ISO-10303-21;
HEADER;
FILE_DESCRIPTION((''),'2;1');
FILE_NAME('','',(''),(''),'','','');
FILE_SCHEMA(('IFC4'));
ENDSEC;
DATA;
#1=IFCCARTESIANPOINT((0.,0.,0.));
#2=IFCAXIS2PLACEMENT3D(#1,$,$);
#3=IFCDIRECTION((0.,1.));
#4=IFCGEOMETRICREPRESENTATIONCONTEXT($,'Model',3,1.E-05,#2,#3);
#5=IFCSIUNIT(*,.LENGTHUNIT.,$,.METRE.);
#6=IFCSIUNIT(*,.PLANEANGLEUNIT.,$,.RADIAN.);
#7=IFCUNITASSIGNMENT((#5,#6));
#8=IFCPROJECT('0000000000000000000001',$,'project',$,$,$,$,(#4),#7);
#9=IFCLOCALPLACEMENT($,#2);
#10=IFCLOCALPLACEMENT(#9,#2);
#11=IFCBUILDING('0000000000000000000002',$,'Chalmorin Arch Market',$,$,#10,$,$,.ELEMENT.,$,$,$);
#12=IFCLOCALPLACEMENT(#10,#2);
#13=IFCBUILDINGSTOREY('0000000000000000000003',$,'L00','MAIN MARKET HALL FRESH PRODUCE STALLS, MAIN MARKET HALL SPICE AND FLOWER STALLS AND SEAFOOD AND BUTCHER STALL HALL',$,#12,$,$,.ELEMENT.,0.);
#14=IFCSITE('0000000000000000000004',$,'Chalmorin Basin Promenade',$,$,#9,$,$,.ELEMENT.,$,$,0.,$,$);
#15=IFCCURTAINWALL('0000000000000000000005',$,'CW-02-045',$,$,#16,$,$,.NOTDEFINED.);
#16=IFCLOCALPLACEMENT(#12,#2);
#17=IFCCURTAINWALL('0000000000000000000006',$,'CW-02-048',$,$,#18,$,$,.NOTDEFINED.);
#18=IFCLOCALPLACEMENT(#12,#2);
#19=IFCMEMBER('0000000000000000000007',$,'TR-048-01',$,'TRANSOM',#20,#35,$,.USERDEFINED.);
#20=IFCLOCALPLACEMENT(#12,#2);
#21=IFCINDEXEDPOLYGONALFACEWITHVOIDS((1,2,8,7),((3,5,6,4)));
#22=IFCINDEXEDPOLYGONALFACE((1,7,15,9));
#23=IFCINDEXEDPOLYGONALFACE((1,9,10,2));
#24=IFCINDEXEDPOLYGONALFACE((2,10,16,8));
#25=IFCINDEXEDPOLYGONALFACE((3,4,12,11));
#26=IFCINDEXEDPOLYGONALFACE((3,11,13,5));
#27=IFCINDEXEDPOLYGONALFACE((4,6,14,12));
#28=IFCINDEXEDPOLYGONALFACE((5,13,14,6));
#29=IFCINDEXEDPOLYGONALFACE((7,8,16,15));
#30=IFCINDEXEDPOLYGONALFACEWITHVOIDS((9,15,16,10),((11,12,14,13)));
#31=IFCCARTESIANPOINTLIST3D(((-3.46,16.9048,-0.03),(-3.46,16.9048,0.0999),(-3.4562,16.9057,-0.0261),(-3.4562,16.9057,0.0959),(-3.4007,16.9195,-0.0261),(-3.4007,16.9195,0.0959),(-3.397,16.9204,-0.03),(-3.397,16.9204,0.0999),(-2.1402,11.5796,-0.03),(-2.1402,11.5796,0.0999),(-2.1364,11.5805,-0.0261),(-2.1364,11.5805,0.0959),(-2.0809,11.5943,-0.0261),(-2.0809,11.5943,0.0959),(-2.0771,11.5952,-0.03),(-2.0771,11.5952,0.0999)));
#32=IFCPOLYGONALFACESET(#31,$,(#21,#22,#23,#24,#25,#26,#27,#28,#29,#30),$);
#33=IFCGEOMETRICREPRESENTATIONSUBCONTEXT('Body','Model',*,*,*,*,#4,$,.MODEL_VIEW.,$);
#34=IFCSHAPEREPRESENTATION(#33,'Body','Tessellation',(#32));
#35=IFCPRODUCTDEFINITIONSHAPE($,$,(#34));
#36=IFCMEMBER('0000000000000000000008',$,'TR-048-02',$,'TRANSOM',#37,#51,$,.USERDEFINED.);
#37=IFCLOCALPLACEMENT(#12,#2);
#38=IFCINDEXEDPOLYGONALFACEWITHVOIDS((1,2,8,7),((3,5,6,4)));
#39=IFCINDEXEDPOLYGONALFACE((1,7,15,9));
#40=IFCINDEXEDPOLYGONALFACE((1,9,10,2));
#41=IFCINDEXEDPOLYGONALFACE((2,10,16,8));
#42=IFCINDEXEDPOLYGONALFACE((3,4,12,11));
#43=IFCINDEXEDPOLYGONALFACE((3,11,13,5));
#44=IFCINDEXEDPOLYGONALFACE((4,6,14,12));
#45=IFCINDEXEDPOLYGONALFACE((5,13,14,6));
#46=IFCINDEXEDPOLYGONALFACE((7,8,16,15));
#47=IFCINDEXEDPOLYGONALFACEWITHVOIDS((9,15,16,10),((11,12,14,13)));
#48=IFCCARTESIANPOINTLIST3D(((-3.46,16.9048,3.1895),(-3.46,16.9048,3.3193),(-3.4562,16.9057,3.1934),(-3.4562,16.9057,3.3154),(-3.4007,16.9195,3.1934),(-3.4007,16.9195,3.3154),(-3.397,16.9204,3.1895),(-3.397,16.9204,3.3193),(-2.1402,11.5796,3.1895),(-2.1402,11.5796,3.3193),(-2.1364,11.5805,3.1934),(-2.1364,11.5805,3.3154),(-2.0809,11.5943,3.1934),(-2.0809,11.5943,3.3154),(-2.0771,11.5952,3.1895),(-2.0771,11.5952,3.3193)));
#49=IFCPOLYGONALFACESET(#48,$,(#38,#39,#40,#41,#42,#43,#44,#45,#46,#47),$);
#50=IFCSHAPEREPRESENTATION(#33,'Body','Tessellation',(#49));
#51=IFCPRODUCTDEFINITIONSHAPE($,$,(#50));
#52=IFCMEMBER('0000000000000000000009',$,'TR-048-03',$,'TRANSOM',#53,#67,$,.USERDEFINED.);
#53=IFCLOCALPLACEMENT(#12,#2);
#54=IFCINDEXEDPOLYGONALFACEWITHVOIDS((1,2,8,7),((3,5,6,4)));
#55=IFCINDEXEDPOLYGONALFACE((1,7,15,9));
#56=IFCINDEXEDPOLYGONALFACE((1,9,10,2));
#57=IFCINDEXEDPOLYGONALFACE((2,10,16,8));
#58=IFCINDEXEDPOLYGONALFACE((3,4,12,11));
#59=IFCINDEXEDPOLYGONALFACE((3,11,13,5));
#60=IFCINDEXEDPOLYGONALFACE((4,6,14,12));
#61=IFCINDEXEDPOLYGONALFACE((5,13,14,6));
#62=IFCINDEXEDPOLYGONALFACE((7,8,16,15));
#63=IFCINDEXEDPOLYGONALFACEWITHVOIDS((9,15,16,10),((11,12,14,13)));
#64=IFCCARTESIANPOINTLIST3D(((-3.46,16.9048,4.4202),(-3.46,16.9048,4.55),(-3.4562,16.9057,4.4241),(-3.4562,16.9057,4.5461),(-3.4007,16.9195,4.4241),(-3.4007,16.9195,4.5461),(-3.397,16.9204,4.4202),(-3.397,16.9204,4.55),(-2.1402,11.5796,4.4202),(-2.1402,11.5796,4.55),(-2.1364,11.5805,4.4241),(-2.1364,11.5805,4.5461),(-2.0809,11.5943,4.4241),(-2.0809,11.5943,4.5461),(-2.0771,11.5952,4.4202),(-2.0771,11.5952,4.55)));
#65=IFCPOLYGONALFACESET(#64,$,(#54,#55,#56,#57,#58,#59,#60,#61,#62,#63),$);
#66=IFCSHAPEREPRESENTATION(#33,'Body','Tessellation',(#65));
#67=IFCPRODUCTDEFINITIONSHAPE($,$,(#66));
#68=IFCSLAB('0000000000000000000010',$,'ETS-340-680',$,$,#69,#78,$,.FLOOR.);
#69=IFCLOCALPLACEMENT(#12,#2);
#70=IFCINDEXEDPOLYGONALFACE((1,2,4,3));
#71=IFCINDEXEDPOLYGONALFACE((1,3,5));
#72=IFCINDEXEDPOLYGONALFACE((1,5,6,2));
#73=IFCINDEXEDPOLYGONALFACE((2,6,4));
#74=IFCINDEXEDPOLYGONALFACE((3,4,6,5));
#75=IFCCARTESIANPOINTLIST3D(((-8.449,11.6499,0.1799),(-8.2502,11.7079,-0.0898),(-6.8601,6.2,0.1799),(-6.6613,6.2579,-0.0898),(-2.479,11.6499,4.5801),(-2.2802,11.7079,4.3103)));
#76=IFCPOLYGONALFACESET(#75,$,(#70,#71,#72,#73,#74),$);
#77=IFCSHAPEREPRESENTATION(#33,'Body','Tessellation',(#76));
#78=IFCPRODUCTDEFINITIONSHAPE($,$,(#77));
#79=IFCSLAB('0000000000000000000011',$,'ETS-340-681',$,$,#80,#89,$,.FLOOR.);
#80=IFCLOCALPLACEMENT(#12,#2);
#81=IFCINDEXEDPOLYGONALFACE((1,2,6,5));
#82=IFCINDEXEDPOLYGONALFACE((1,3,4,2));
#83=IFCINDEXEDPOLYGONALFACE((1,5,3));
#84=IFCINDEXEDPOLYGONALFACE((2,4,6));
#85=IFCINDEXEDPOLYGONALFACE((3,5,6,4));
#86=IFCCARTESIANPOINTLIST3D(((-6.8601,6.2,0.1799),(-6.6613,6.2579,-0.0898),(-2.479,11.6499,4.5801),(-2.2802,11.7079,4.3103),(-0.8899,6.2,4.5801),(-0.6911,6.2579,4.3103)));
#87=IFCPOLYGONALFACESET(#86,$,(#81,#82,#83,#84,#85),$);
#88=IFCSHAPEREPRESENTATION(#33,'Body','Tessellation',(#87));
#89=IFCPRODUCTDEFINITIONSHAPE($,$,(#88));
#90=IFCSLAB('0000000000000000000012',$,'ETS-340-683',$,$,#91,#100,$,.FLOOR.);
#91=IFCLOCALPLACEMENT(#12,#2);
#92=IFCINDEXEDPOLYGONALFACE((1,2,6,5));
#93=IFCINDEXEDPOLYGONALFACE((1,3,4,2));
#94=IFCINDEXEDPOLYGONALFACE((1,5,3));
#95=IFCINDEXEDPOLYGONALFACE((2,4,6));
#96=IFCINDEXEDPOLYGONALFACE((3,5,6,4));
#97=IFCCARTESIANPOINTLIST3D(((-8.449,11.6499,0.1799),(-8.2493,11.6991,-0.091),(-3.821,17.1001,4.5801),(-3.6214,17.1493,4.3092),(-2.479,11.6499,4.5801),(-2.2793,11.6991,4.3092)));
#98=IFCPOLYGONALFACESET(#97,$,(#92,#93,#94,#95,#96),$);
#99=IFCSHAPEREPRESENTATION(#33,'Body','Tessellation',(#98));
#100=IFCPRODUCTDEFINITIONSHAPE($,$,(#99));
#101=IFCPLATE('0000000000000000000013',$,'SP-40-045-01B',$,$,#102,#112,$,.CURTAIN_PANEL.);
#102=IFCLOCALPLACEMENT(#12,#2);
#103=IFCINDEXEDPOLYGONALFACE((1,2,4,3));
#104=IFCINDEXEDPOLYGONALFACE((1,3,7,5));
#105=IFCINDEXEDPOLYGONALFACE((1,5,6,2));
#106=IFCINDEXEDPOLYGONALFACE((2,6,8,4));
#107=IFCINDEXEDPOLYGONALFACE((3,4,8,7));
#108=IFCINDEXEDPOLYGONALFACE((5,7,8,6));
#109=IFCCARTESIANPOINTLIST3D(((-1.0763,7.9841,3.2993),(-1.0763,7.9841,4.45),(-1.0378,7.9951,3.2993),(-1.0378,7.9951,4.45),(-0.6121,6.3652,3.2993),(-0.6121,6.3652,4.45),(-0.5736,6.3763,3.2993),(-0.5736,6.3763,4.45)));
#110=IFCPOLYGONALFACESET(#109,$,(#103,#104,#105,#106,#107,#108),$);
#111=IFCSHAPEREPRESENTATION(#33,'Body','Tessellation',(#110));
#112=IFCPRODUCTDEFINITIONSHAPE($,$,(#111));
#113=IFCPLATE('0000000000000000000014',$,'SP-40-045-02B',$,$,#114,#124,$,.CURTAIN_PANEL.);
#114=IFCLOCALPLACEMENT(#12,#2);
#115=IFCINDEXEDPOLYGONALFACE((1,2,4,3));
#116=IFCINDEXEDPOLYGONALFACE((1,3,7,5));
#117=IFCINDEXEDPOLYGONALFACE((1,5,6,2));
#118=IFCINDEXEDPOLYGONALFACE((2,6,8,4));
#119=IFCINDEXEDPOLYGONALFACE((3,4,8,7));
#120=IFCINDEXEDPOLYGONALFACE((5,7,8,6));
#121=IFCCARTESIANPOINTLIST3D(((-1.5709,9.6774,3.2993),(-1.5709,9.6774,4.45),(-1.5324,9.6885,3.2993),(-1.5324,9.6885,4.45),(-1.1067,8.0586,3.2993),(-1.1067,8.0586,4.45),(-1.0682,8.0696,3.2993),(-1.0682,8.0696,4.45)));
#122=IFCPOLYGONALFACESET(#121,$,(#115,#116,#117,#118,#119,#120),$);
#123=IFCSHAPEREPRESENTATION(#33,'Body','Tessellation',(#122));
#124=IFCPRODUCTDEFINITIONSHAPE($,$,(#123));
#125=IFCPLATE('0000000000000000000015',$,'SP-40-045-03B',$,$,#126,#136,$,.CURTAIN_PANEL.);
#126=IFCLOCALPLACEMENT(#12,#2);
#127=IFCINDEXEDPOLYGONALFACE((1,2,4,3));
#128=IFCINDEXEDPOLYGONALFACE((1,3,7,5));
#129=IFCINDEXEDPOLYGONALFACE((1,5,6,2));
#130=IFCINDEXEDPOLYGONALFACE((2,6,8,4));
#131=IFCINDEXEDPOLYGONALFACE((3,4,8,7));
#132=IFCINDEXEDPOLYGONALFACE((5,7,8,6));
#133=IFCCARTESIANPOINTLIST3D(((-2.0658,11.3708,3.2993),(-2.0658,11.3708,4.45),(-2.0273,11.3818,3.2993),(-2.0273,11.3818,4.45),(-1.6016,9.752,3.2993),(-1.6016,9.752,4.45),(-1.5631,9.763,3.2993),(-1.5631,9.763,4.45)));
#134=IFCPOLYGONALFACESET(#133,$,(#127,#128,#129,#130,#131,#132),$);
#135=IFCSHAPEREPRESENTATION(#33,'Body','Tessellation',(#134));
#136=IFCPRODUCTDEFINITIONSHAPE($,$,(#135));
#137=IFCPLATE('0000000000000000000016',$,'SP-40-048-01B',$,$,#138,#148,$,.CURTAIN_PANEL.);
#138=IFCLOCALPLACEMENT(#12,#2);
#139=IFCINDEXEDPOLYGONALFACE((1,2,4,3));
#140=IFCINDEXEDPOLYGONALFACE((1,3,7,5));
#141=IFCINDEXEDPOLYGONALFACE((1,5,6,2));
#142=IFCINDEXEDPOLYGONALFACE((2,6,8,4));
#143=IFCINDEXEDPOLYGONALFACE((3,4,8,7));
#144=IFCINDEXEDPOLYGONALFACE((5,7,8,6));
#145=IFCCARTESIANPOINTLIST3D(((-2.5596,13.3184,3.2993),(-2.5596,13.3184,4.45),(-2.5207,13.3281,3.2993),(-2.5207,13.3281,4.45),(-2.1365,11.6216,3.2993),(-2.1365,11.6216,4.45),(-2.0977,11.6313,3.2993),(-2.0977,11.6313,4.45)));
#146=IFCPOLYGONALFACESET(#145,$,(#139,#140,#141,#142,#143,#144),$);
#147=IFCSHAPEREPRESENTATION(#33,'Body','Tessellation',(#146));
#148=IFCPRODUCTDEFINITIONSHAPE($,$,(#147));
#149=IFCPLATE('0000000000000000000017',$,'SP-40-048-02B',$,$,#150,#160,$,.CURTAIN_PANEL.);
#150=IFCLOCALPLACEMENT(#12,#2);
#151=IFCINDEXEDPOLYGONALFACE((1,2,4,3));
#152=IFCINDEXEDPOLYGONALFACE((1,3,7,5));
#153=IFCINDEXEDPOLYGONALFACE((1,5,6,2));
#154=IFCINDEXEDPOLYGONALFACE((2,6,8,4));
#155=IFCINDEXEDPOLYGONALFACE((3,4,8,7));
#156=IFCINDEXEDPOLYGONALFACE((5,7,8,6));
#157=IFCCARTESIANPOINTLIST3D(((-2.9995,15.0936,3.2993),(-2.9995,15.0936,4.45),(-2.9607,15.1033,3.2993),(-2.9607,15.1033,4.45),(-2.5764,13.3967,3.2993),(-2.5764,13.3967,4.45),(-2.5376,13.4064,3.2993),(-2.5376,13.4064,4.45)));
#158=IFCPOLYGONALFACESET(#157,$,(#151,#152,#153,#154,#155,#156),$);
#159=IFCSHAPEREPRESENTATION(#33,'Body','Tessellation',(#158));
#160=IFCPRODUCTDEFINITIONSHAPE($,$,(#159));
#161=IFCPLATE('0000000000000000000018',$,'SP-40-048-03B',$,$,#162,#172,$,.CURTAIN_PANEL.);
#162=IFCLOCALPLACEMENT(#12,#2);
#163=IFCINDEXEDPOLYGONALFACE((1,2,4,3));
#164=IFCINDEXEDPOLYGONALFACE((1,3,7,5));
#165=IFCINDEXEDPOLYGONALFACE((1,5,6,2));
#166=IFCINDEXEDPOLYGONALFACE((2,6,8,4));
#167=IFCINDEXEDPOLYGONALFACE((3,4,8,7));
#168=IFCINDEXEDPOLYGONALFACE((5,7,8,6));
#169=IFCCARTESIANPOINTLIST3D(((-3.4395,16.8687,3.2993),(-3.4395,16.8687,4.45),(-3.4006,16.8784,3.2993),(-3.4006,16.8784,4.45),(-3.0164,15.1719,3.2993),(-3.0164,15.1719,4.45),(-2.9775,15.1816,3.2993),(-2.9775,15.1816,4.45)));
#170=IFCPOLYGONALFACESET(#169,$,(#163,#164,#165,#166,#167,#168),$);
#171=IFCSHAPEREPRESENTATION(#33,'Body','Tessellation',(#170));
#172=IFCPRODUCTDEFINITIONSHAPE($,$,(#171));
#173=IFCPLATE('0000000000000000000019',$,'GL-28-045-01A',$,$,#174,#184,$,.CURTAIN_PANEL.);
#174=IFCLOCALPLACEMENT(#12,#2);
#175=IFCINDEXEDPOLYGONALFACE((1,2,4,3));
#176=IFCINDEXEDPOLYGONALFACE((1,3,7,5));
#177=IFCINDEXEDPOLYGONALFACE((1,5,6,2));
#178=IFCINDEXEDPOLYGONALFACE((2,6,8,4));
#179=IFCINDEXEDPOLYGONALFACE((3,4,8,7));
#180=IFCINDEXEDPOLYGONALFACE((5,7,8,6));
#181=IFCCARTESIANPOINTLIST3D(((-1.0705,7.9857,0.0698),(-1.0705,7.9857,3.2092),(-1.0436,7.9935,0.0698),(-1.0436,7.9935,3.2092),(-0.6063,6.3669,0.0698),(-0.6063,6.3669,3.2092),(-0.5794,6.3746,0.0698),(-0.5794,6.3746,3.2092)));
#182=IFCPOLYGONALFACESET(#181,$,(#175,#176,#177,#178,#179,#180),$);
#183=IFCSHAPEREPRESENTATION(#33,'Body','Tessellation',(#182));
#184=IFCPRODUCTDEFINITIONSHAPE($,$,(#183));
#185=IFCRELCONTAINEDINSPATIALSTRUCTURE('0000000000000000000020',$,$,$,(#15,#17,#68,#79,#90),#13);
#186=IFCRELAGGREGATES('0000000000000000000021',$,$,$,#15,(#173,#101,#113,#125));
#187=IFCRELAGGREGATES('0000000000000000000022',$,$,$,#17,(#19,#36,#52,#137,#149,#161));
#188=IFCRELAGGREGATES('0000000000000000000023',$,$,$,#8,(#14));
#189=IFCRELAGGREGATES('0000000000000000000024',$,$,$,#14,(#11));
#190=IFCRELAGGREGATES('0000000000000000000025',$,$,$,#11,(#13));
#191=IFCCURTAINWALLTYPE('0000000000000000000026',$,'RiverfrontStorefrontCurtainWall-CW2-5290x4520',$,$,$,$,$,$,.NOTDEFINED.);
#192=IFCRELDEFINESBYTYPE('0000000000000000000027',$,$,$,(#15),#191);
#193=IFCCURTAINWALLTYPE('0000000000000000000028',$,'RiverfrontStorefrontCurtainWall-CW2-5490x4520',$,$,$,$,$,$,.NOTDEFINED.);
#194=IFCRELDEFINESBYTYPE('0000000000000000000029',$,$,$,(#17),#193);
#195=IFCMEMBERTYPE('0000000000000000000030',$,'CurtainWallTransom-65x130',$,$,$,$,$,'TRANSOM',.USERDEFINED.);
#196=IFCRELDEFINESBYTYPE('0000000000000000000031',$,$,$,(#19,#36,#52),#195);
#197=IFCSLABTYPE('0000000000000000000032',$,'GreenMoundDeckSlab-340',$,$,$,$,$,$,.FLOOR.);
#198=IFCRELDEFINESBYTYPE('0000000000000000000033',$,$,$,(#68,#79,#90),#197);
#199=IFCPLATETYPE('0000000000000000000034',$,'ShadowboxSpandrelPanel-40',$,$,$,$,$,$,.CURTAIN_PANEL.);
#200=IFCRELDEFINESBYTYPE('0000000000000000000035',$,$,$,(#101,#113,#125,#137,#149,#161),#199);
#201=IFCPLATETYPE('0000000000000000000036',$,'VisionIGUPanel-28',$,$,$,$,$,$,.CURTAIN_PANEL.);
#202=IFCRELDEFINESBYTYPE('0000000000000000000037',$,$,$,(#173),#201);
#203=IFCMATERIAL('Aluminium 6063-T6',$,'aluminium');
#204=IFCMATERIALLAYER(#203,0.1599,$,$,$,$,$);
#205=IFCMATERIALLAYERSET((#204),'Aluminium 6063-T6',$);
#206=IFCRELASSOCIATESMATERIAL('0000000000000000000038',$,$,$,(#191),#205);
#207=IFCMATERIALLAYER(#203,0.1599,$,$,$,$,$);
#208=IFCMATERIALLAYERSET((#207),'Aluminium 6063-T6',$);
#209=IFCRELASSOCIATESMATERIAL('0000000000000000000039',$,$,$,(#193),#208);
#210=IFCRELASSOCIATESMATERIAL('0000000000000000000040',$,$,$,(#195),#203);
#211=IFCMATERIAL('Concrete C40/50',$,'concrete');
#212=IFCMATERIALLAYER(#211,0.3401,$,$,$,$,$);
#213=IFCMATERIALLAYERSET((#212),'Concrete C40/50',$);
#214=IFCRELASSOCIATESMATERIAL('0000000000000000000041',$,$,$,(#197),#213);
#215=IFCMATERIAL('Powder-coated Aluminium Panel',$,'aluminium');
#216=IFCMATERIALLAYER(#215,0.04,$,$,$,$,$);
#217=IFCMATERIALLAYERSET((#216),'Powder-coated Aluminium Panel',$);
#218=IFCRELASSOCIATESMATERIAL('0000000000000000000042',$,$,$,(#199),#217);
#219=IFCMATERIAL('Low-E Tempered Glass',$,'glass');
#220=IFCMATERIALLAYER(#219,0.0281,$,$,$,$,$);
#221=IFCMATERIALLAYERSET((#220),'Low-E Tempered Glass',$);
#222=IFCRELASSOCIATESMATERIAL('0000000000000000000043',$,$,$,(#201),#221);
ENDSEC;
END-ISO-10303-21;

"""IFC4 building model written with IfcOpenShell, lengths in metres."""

from ifc_helpers import new_model, si_unit, direction, frame, origin, origin_2d, place, context, subcontext, project, spatial, polyline, rectangle, hollow_rectangle, outline, extrude, material, layer, layer_set, material_profile, profile_set, type_object, element, aggregate, save


model = new_model("IFC4")

# Units and contexts
model_context = context("Model", 3, precision=1e-05, world=origin(), true_north=direction((0.0, 1.0)))
body_context = subcontext(model_context, "Body", "Model", "MODEL_VIEW")
ifc_project = project(units=[si_unit("LENGTHUNIT", "METRE"), si_unit("PLANEANGLEUNIT", "RADIAN")], contexts=[model_context])

# Site, building, storey
site_placement = place(None, origin())
site = spatial("IfcSite", under=ifc_project, at=site_placement, Name="Chalmorin Basin Promenade", CompositionType="ELEMENT", RefElevation=0.0)
building_placement = place(site_placement, origin())
building = spatial("IfcBuilding", under=site, at=building_placement, Name="Chalmorin Arch Market", CompositionType="ELEMENT")
storey_placement = place(building_placement, origin())
storey = spatial("IfcBuildingStorey", under=building, at=storey_placement, Name="L00", Description="MAIN MARKET HALL FRESH PRODUCE STALLS, MAIN MARKET HALL SPICE AND FLOWER STALLS AND SEAFOOD AND BUTCHER STALL HALL", CompositionType="ELEMENT", Elevation=0.0)

# Curtain walls
ifc_material_1 = material(Name="Aluminium 6063-T6", Category="aluminium")
ifc_layer_1 = layer(ifc_material_1, 0.1599)
ifc_layer_set_1 = layer_set([ifc_layer_1], Name="Aluminium 6063-T6")
curtain_wall_type_1 = type_object("IfcCurtainWallType", Name="RiverfrontStorefrontCurtainWall-CW2-5290x4520", PredefinedType="NOTDEFINED", material=ifc_layer_set_1)
curtain_wall_1_placement = place(storey_placement, origin())
curtain_wall_1 = element("IfcCurtainWall", 1, at=curtain_wall_1_placement, inside=storey, type_object=curtain_wall_type_1, Name="CW-02-045", PredefinedType="NOTDEFINED")
ifc_layer_2 = layer(ifc_material_1, 0.1599)
ifc_layer_set_2 = layer_set([ifc_layer_2], Name="Aluminium 6063-T6")
curtain_wall_type_2 = type_object("IfcCurtainWallType", Name="RiverfrontStorefrontCurtainWall-CW2-5490x4520", PredefinedType="NOTDEFINED", material=ifc_layer_set_2)
curtain_wall_2_placement = place(storey_placement, origin())
curtain_wall_2 = element("IfcCurtainWall", 2, at=curtain_wall_2_placement, inside=storey, type_object=curtain_wall_type_2, Name="CW-02-048", PredefinedType="NOTDEFINED")

# Members
ifc_material_profile_1 = material_profile(ifc_material_1, hollow_rectangle(XDim=0.0649, YDim=0.1299, WallThickness=0.0039, at=origin_2d()), Name="ALU65X130X4")
ifc_profile_set_1 = profile_set([ifc_material_profile_1], Name="Aluminium 6063-T6")
member_type_1 = type_object("IfcMemberType", Name="CurtainWallTransom-65x130", ElementType="TRANSOM", PredefinedType="USERDEFINED", material=ifc_profile_set_1)
member_1_placement = place(storey_placement, frame((-2.1086, 11.5874, 0.0349), z_axis=(-0.240567, 0.970633, 0.0), x_axis=(-0.970633, -0.240567, 0.0)))
member_1 = element("IfcMember", 3, at=member_1_placement, type_object=member_type_1, Name="TR-048-01", ObjectType="TRANSOM", PredefinedType="USERDEFINED", context=body_context, shape_type="SweptSolid", body=[
    extrude(hollow_rectangle(XDim=0.0649, YDim=0.1299, WallThickness=0.0039, at=origin_2d()), origin(), (0.0, 0.0, 1.0), 5.4863),
])
member_2_placement = place(storey_placement, frame((-2.1086, 11.5874, 3.2544), z_axis=(-0.240567, 0.970633, 0.0), x_axis=(-0.970633, -0.240567, 0.0)))
member_2 = element("IfcMember", 4, at=member_2_placement, type_object=member_type_1, Name="TR-048-02", ObjectType="TRANSOM", PredefinedType="USERDEFINED", context=body_context, shape_type="SweptSolid", body=[
    extrude(hollow_rectangle(XDim=0.0649, YDim=0.1299, WallThickness=0.0039, at=origin_2d()), origin(), (0.0, 0.0, 1.0), 5.4863),
])
member_3_placement = place(storey_placement, frame((-2.1086, 11.5874, 4.4851), z_axis=(-0.240567, 0.970633, 0.0), x_axis=(-0.970633, -0.240567, 0.0)))
member_3 = element("IfcMember", 5, at=member_3_placement, type_object=member_type_1, Name="TR-048-03", ObjectType="TRANSOM", PredefinedType="USERDEFINED", context=body_context, shape_type="SweptSolid", body=[
    extrude(hollow_rectangle(XDim=0.0649, YDim=0.1299, WallThickness=0.0039, at=origin_2d()), origin(), (0.0, 0.0, 1.0), 5.4863),
])

# Slabs
ifc_material_2 = material(Name="Concrete C40/50", Category="concrete")
ifc_layer_3 = layer(ifc_material_2, 0.3401)
ifc_layer_set_3 = layer_set([ifc_layer_3], Name="Concrete C40/50")
slab_type = type_object("IfcSlabType", Name="GreenMoundDeckSlab-340", PredefinedType="FLOOR", material=ifc_layer_set_3)
slab_1_placement = place(storey_placement, frame((-2.479, 11.6499, 4.5801), z_axis=(-0.584624, -0.17044, 0.793199), x_axis=(-0.804977, 0.0, -0.593306)))
element("IfcSlab", 6, at=slab_1_placement, inside=storey, type_object=slab_type, Name="ETS-340-680", PredefinedType="FLOOR", context=body_context, shape_type="SweptSolid", body=[
    extrude(outline(polyline([(0.0, 0.0), (7.4163, 0.0), (6.1373, 5.5309), (0.0, 0.0)])), origin(), (0.0, 0.0, -1.0), 0.3401),
])
slab_2_placement = place(storey_placement, frame((-0.8899, 6.2, 4.5801), z_axis=(-0.584607, -0.170461, 0.793207), x_axis=(-0.279926, 0.960022, 0.0)))
element("IfcSlab", 7, at=slab_2_placement, inside=storey, type_object=slab_type, Name="ETS-340-681", PredefinedType="FLOOR", context=body_context, shape_type="SweptSolid", body=[
    extrude(outline(polyline([(0.0, 0.0), (5.6769, 0.0), (1.6712, 7.2258), (0.0, 0.0)])), origin(), (0.0, 0.0, -1.0), 0.3401),
])
slab_3_placement = place(storey_placement, frame((-2.479, 11.6499, 4.5801), z_axis=(-0.587074, -0.144559, 0.796522), x_axis=(-0.239095, 0.970996, 0.0)))
element("IfcSlab", 8, at=slab_3_placement, inside=storey, type_object=slab_type, Name="ETS-340-683", PredefinedType="FLOOR", context=body_context, shape_type="SweptSolid", body=[
    extrude(outline(polyline([(0.0, 0.0), (5.613, 0.0), (1.4274, 7.2777), (0.0, 0.0)])), origin(), (0.0, 0.0, -1.0), 0.3401),
])

# Plates
ifc_material_3 = material(Name="Powder-coated Aluminium Panel", Category="aluminium")
ifc_layer_4 = layer(ifc_material_3, 0.04)
ifc_layer_set_4 = layer_set([ifc_layer_4], Name="Powder-coated Aluminium Panel")
plate_type_1 = type_object("IfcPlateType", Name="ShadowboxSpandrelPanel-40", PredefinedType="CURTAIN_PANEL", material=ifc_layer_set_4)
plate_1_placement = place(storey_placement, frame((-0.825, 7.1802, 3.2993), z_axis=(0.0, 0.0, 1.0), x_axis=(-0.275637, 0.961262, 0.0)))
plate_1 = element("IfcPlate", 9, at=plate_1_placement, type_object=plate_type_1, Name="SP-40-045-01B", PredefinedType="CURTAIN_PANEL", context=body_context, shape_type="SweptSolid", body=[
    extrude(rectangle(XDim=1.6841, YDim=0.04, at=origin_2d()), origin(), (0.0, 0.0, 1.0), 1.1506),
])
plate_2_placement = place(storey_placement, frame((-1.3196, 8.8735, 3.2993), z_axis=(0.0, 0.0, 1.0), x_axis=(-0.275637, 0.961262, 0.0)))
plate_2 = element("IfcPlate", 10, at=plate_2_placement, type_object=plate_type_1, Name="SP-40-045-02B", PredefinedType="CURTAIN_PANEL", context=body_context, shape_type="SweptSolid", body=[
    extrude(rectangle(XDim=1.6841, YDim=0.04, at=origin_2d()), origin(), (0.0, 0.0, 1.0), 1.1506),
])
plate_3_placement = place(storey_placement, frame((-1.8145, 10.5669, 3.2993), z_axis=(0.0, 0.0, 1.0), x_axis=(-0.275637, 0.961262, 0.0)))
plate_3 = element("IfcPlate", 11, at=plate_3_placement, type_object=plate_type_1, Name="SP-40-045-03B", PredefinedType="CURTAIN_PANEL", context=body_context, shape_type="SweptSolid", body=[
    extrude(rectangle(XDim=1.6841, YDim=0.04, at=origin_2d()), origin(), (0.0, 0.0, 1.0), 1.1506),
])
plate_4_placement = place(storey_placement, frame((-2.3286, 12.4749, 3.2993), z_axis=(0.0, 0.0, 1.0), x_axis=(-0.241922, 0.970296, 0.0)))
plate_4 = element("IfcPlate", 12, at=plate_4_placement, type_object=plate_type_1, Name="SP-40-048-01B", PredefinedType="CURTAIN_PANEL", context=body_context, shape_type="SweptSolid", body=[
    extrude(rectangle(XDim=1.7488, YDim=0.04, at=origin_2d()), origin(), (0.0, 0.0, 1.0), 1.1506),
])
plate_5_placement = place(storey_placement, frame((-2.7686, 14.25, 3.2993), z_axis=(0.0, 0.0, 1.0), x_axis=(-0.241922, 0.970296, 0.0)))
plate_5 = element("IfcPlate", 13, at=plate_5_placement, type_object=plate_type_1, Name="SP-40-048-02B", PredefinedType="CURTAIN_PANEL", context=body_context, shape_type="SweptSolid", body=[
    extrude(rectangle(XDim=1.7488, YDim=0.04, at=origin_2d()), origin(), (0.0, 0.0, 1.0), 1.1506),
])
plate_6_placement = place(storey_placement, frame((-3.2085, 16.0251, 3.2993), z_axis=(0.0, 0.0, 1.0), x_axis=(-0.241922, 0.970296, 0.0)))
plate_6 = element("IfcPlate", 14, at=plate_6_placement, type_object=plate_type_1, Name="SP-40-048-03B", PredefinedType="CURTAIN_PANEL", context=body_context, shape_type="SweptSolid", body=[
    extrude(rectangle(XDim=1.7488, YDim=0.04, at=origin_2d()), origin(), (0.0, 0.0, 1.0), 1.1506),
])
ifc_material_4 = material(Name="Low-E Tempered Glass", Category="glass")
ifc_layer_5 = layer(ifc_material_4, 0.0281)
ifc_layer_set_5 = layer_set([ifc_layer_5], Name="Low-E Tempered Glass")
plate_type_2 = type_object("IfcPlateType", Name="VisionIGUPanel-28", PredefinedType="CURTAIN_PANEL", material=ifc_layer_set_5)
plate_7_placement = place(storey_placement, frame((-0.825, 7.1802, 0.0698), z_axis=(0.0, 0.0, 1.0), x_axis=(-0.275637, 0.961262, 0.0)))
plate_7 = element("IfcPlate", 15, at=plate_7_placement, type_object=plate_type_2, Name="GL-28-045-01A", PredefinedType="CURTAIN_PANEL", context=body_context, shape_type="SweptSolid", body=[
    extrude(rectangle(XDim=1.6841, YDim=0.0281, at=origin_2d()), origin(), (0.0, 0.0, 1.0), 3.1394),
])
aggregate(curtain_wall_1, [plate_7, plate_1, plate_2, plate_3])
aggregate(curtain_wall_2, [member_1, member_2, member_3, plate_4, plate_5, plate_6])

save(model, "model.ifc")
